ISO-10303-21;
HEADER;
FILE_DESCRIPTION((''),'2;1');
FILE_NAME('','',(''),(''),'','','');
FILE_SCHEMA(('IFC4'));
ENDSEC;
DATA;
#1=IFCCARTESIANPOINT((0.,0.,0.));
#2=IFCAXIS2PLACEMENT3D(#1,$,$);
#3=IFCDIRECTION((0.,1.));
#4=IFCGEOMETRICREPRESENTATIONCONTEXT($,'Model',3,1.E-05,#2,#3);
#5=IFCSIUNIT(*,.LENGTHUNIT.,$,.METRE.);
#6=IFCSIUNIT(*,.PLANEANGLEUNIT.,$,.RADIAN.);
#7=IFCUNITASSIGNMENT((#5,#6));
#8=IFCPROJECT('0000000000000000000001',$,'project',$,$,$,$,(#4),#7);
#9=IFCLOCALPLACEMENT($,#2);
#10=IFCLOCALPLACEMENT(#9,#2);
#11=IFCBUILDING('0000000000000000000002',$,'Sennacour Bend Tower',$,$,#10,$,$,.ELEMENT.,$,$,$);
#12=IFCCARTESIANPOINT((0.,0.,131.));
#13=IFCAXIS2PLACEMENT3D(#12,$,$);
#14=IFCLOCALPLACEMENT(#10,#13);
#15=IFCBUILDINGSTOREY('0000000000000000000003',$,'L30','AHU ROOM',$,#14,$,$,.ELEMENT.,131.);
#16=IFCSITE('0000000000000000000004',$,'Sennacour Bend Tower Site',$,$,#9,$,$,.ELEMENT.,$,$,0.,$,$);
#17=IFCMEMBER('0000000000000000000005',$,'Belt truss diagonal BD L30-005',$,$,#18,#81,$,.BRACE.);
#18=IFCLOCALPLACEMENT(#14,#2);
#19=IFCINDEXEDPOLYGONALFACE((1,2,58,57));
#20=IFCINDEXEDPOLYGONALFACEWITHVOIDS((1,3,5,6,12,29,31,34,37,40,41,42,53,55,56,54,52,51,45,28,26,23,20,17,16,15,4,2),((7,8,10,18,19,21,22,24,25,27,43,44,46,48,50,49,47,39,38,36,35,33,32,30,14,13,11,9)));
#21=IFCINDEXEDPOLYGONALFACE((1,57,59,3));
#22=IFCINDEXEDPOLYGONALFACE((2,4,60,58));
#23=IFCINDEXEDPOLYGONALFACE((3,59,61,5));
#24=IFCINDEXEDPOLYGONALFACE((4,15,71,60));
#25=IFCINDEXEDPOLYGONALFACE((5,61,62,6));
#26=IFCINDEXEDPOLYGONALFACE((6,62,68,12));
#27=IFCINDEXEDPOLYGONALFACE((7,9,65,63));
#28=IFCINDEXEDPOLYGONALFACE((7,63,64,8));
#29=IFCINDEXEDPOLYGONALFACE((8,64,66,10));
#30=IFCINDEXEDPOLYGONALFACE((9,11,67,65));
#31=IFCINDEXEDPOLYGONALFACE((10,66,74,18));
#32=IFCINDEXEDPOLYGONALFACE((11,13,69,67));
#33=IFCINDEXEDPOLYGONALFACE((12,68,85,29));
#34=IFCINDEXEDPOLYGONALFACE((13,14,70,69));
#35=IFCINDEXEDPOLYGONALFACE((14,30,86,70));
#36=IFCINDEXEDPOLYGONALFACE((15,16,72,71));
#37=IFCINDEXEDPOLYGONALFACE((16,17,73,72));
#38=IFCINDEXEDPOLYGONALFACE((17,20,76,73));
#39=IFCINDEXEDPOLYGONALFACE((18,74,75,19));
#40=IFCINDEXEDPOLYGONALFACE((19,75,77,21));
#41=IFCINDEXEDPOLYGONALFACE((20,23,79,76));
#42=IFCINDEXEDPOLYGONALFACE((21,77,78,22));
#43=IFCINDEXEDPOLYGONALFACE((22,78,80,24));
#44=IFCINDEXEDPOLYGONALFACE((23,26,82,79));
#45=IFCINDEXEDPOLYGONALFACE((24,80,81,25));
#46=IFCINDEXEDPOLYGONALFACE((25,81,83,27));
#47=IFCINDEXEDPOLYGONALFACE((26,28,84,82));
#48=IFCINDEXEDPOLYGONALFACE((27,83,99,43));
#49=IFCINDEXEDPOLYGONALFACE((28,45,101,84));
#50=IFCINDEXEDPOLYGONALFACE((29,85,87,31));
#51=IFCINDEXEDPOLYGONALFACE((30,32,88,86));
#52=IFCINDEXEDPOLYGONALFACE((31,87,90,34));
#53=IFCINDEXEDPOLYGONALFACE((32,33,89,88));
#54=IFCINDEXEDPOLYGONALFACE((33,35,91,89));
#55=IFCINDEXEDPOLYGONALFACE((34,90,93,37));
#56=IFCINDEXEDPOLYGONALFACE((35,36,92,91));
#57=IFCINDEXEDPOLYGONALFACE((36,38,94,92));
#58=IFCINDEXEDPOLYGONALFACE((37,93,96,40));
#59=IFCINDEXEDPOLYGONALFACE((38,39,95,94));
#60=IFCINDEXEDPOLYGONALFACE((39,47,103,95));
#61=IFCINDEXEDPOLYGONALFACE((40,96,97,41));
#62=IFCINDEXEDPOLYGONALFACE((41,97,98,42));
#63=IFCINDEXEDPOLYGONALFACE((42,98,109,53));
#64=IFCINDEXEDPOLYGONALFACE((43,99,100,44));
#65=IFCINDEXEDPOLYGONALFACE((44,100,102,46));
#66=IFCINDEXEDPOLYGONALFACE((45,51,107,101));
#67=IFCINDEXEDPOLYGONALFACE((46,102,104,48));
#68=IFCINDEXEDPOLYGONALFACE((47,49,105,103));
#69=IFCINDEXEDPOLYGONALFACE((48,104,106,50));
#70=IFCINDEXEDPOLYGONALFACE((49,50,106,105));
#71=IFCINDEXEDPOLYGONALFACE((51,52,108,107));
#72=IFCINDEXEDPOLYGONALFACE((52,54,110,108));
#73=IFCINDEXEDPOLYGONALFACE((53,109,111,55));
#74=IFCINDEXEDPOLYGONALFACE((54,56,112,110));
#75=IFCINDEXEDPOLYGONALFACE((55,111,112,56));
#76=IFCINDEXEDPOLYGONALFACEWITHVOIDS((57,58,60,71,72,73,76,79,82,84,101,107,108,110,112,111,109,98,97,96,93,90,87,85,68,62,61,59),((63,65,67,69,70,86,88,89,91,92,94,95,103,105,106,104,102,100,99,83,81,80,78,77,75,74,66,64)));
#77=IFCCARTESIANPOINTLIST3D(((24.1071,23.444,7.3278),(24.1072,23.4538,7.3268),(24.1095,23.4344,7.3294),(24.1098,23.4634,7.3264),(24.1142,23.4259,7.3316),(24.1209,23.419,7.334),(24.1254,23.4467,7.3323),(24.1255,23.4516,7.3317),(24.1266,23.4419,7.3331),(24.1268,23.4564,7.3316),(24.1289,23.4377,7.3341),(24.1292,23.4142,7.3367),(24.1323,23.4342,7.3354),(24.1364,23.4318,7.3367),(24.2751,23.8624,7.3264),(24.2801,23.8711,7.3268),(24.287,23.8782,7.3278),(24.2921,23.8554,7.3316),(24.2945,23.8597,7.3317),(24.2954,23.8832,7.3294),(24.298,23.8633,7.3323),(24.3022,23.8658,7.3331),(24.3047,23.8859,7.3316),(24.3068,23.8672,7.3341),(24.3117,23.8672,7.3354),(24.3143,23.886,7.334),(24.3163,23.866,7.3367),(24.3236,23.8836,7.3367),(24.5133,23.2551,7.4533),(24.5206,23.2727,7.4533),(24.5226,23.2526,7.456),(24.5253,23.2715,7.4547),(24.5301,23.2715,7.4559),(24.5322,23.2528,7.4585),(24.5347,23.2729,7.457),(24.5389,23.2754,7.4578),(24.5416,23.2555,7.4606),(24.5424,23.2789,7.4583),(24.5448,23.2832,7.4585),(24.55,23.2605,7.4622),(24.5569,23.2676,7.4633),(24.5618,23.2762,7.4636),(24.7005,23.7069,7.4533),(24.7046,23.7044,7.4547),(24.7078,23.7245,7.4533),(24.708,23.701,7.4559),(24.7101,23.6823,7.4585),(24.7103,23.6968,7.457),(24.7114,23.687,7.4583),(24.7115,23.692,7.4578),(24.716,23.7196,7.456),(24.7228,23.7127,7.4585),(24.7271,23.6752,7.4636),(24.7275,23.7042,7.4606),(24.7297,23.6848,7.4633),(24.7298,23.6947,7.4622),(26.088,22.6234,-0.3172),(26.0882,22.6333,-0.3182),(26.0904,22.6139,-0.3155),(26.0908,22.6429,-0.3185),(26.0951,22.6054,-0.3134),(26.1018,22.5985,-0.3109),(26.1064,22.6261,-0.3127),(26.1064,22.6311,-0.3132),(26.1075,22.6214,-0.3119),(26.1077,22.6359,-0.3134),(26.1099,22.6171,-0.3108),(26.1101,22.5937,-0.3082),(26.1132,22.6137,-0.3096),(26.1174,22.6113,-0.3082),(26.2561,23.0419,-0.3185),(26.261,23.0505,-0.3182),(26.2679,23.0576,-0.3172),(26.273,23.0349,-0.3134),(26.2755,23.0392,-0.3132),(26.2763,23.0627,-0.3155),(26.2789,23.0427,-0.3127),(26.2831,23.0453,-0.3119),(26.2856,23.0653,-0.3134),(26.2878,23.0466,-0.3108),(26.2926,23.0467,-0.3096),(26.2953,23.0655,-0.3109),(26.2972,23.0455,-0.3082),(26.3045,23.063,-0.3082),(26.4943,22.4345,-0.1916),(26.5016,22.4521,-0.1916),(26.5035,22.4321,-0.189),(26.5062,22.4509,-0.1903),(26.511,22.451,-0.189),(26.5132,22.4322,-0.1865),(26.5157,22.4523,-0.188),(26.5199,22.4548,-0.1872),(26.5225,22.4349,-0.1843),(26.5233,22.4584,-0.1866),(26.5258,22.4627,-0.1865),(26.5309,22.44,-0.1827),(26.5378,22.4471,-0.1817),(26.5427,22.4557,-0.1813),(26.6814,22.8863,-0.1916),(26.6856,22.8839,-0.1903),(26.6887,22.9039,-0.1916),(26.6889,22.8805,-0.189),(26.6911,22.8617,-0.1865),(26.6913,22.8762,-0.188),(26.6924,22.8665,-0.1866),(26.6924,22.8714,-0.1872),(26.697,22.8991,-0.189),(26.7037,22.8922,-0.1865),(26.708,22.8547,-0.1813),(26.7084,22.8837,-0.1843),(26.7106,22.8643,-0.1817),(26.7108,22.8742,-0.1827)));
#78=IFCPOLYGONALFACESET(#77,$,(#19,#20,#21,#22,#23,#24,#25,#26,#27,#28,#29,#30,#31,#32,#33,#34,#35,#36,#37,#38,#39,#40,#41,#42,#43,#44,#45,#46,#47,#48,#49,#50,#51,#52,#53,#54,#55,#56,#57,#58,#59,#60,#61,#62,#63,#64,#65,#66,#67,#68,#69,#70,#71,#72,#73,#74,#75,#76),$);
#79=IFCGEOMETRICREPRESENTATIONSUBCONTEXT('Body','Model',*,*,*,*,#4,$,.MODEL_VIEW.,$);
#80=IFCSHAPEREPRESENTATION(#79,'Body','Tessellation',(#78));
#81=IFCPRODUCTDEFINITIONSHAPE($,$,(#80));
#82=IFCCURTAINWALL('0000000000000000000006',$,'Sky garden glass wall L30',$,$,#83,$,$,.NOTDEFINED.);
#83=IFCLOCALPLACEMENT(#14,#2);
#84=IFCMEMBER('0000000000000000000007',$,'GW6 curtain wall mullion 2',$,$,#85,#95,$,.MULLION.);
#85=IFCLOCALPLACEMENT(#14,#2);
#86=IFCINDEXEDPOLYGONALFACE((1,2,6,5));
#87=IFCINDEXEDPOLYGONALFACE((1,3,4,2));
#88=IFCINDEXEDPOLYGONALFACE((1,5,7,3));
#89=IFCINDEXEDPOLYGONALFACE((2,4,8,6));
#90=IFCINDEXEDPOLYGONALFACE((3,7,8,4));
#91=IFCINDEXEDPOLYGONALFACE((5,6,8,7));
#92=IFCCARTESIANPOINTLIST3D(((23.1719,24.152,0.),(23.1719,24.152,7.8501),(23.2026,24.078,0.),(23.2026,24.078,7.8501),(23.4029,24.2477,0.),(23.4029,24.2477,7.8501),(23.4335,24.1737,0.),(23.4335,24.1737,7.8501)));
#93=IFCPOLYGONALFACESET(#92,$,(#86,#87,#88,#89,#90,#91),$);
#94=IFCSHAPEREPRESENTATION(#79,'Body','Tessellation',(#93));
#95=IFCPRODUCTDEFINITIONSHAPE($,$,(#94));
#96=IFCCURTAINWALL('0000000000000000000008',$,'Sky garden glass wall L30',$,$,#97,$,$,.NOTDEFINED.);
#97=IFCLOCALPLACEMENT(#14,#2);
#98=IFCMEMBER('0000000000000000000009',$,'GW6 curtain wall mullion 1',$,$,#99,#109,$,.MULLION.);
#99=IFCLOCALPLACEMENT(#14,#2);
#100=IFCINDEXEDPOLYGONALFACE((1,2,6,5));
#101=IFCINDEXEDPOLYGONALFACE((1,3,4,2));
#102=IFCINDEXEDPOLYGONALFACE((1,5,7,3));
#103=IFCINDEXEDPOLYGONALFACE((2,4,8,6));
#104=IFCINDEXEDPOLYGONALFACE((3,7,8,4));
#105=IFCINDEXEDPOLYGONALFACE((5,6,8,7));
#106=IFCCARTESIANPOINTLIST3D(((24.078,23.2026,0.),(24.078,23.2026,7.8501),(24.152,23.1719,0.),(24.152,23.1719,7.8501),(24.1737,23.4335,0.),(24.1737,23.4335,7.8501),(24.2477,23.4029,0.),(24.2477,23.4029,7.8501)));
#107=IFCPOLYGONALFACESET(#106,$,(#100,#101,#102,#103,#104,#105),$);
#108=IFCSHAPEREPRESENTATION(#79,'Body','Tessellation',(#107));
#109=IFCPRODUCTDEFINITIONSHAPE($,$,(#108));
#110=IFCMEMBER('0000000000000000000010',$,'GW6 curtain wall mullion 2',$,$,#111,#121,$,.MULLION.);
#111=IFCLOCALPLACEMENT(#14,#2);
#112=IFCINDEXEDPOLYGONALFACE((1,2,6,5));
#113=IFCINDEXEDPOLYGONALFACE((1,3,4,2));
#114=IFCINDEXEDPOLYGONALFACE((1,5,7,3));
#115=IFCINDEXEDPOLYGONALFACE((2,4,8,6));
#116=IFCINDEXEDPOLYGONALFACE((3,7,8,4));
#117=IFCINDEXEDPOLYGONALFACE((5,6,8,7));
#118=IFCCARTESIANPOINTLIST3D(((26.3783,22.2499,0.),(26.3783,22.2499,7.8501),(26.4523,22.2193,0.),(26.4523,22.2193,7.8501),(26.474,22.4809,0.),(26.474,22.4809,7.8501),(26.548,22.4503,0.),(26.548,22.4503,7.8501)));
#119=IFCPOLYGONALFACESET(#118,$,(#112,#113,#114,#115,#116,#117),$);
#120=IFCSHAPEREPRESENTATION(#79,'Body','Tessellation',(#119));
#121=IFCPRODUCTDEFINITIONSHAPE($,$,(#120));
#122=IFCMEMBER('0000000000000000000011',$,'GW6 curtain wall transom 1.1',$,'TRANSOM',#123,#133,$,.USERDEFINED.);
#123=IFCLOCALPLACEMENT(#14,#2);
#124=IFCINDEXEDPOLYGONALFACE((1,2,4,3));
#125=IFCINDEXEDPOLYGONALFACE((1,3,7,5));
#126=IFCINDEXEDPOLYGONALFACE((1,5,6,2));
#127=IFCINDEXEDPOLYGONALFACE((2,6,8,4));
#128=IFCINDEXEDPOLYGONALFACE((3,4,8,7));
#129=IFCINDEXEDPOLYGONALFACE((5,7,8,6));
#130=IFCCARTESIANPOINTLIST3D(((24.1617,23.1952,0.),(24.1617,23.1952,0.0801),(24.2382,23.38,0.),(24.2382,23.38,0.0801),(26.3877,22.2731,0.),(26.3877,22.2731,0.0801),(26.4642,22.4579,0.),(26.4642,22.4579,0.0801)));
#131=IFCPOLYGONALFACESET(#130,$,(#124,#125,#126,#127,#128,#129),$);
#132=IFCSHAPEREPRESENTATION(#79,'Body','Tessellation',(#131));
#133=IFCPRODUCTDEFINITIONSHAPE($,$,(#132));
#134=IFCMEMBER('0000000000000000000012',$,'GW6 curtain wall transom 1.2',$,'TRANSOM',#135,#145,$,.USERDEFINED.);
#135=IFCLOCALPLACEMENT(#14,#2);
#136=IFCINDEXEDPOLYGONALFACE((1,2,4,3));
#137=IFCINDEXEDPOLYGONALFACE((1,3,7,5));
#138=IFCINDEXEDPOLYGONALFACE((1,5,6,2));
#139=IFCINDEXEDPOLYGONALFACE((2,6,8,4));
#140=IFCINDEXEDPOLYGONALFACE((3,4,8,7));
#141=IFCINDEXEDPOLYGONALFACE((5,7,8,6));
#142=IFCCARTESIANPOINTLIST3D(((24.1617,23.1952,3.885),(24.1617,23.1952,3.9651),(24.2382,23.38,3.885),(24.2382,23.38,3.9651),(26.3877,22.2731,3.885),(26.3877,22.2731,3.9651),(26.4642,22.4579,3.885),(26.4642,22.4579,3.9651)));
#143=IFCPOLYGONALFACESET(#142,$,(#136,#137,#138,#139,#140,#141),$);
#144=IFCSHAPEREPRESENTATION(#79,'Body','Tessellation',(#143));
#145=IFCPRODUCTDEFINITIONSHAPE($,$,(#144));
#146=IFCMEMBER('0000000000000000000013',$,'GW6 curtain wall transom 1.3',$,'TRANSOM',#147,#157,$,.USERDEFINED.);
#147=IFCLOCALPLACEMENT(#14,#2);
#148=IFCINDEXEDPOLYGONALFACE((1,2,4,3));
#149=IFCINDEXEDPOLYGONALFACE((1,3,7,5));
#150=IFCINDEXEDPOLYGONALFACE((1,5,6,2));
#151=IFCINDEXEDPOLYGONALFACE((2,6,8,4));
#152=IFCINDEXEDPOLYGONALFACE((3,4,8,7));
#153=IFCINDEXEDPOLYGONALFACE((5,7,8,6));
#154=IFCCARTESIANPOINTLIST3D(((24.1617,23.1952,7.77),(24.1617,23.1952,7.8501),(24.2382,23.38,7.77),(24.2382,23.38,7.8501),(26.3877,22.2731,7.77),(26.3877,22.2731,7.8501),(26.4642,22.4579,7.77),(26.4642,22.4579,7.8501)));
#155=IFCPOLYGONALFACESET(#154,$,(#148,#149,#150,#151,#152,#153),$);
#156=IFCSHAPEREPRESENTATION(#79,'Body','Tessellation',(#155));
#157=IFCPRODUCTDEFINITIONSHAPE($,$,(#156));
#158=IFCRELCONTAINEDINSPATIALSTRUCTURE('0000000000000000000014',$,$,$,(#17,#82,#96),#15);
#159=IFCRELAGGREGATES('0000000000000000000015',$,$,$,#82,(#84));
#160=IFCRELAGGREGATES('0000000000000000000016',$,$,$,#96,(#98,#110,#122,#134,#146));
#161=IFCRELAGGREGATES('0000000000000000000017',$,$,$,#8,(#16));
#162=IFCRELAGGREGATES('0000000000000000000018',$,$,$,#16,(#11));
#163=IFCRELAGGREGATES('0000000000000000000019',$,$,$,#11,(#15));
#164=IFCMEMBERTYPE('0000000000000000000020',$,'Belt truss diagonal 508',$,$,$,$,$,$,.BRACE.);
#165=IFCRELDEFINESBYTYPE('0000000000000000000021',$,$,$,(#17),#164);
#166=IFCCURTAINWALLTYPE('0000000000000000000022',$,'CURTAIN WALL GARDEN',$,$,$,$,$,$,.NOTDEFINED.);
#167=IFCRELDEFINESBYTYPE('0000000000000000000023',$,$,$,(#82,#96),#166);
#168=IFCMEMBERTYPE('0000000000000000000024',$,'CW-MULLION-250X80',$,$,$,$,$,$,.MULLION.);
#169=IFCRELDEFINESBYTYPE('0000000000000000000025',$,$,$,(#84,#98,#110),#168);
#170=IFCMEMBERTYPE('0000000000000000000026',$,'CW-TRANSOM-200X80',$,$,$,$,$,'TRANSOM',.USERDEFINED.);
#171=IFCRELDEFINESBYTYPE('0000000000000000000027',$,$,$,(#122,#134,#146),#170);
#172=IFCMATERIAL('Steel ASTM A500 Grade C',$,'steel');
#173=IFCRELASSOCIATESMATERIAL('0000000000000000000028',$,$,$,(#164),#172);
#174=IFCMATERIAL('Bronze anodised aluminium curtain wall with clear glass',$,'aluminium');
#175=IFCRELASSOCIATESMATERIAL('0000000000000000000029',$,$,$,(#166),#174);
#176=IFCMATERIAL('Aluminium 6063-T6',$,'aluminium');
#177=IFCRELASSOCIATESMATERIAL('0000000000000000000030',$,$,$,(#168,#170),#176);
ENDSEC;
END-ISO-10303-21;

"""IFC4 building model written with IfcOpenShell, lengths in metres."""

from ifc_helpers import new_model, si_unit, direction, frame, origin, origin_2d, place, context, subcontext, project, spatial, rectangle, hollow_rectangle, extrude, material, material_profile, profile_set, type_object, element, aggregate, save


model = new_model("IFC4")

# Units and contexts
model_context = context("Model", 3, precision=1e-05, world=origin(), true_north=direction((0.0, 1.0)))
body_context = subcontext(model_context, "Body", "Model", "MODEL_VIEW")
ifc_project = project(units=[si_unit("LENGTHUNIT", "METRE"), si_unit("PLANEANGLEUNIT", "RADIAN")], contexts=[model_context])

# Site, building, storey
site_placement = place(None, origin())
site = spatial("IfcSite", under=ifc_project, at=site_placement, Name="Sennacour Bend Tower Site", CompositionType="ELEMENT", RefElevation=0.0)
building_placement = place(site_placement, origin())
building = spatial("IfcBuilding", under=site, at=building_placement, Name="Sennacour Bend Tower", CompositionType="ELEMENT")
storey_placement = place(building_placement, frame((0.0, 0.0, 131.0)))
storey = spatial("IfcBuildingStorey", under=building, at=storey_placement, Name="L30", Description="AHU ROOM", CompositionType="ELEMENT", Elevation=131.0)

# Member
ifc_material_1 = material(Name="Steel ASTM A500 Grade C", Category="steel")
ifc_material_profile_1 = material_profile(ifc_material_1, hollow_rectangle(XDim=0.5081, YDim=0.5081, WallThickness=0.019, InnerFilletRadius=0.019, OuterFilletRadius=0.0381, at=origin_2d()), Name="Steel ASTM A500 Grade C", Category="steel")
ifc_profile_set_1 = profile_set([ifc_material_profile_1], Name="Steel ASTM A500 Grade C")
member_type_1 = type_object("IfcMemberType", Name="Belt truss diagonal 508", PredefinedType="BRACE", material=ifc_profile_set_1)
for number, where, z_axis, x_axis, name in (
    (1, (24.4185, 23.5693, 7.395), (0.24949, -0.103344, -0.962847), (0.38269, 0.923877, 0.0), "Belt truss diagonal BD L30-005"),
):
    element("IfcMember", number, at=place(storey_placement, frame(where, z_axis=z_axis, x_axis=x_axis)), inside=storey, type_object=member_type_1, Name=name, PredefinedType="BRACE", context=body_context, shape_type="SweptSolid", body=[
        extrude(hollow_rectangle(XDim=0.5081, YDim=0.5081, WallThickness=0.019, InnerFilletRadius=0.019, OuterFilletRadius=0.0381, at=origin_2d()), origin(), (0.0, 0.0, 1.0), 7.9399),
    ])

# Curtain wall, member
ifc_material_2 = material(Name="Bronze anodised aluminium curtain wall with clear glass", Category="aluminium")
curtain_wall_type = type_object("IfcCurtainWallType", Name="CURTAIN WALL GARDEN", PredefinedType="NOTDEFINED", material=ifc_material_2)
curtain_wall_1_placement = place(storey_placement, origin())
curtain_wall_1 = element("IfcCurtainWall", 2, at=curtain_wall_1_placement, inside=storey, type_object=curtain_wall_type, Name="Sky garden glass wall L30", PredefinedType="NOTDEFINED")
ifc_material_3 = material(Name="Aluminium 6063-T6", Category="aluminium")
ifc_material_profile_2 = material_profile(ifc_material_3, rectangle(XDim=0.25, YDim=0.0801, at=origin_2d()), Name="Aluminium 6063-T6", Category="aluminium")
ifc_profile_set_2 = profile_set([ifc_material_profile_2], Name="Aluminium 6063-T6")
member_type_2 = type_object("IfcMemberType", Name="CW-MULLION-250X80", PredefinedType="MULLION", material=ifc_profile_set_2)
member_1_placement = place(storey_placement, frame((23.3027, 24.1628, 0.0), z_axis=(0.0, 0.0, 1.0), x_axis=(0.923885, 0.382669, 0.0)))
member_1 = element("IfcMember", 3, at=member_1_placement, type_object=member_type_2, Name="GW6 curtain wall mullion 2", PredefinedType="MULLION", context=body_context, shape_type="SweptSolid", body=[
    extrude(rectangle(XDim=0.25, YDim=0.0801, at=origin_2d()), origin(), (0.0, 0.0, 1.0), 7.8501),
])

# Curtain wall, members
curtain_wall_2_placement = place(storey_placement, origin())
curtain_wall_2 = element("IfcCurtainWall", 4, at=curtain_wall_2_placement, inside=storey, type_object=curtain_wall_type, Name="Sky garden glass wall L30", PredefinedType="NOTDEFINED")
member_2_placement = place(storey_placement, frame((24.1628, 23.3027, 0.0), z_axis=(0.0, 0.0, 1.0), x_axis=(0.382669, 0.923885, 0.0)))
member_2 = element("IfcMember", 5, at=member_2_placement, type_object=member_type_2, Name="GW6 curtain wall mullion 1", PredefinedType="MULLION", context=body_context, shape_type="SweptSolid", body=[
    extrude(rectangle(XDim=0.25, YDim=0.0801, at=origin_2d()), origin(), (0.0, 0.0, 1.0), 7.8501),
])
member_3_placement = place(storey_placement, frame((26.4631, 22.3501, 0.0), z_axis=(0.0, 0.0, 1.0), x_axis=(0.382669, 0.923885, 0.0)))
member_3 = element("IfcMember", 6, at=member_3_placement, type_object=member_type_2, Name="GW6 curtain wall mullion 2", PredefinedType="MULLION", context=body_context, shape_type="SweptSolid", body=[
    extrude(rectangle(XDim=0.25, YDim=0.0801, at=origin_2d()), origin(), (0.0, 0.0, 1.0), 7.8501),
])
ifc_material_profile_3 = material_profile(ifc_material_3, rectangle(XDim=0.2, YDim=0.0801, at=origin_2d()), Name="Aluminium 6063-T6", Category="aluminium")
ifc_profile_set_3 = profile_set([ifc_material_profile_3], Name="Aluminium 6063-T6")
member_type_3 = type_object("IfcMemberType", Name="CW-TRANSOM-200X80", ElementType="TRANSOM", PredefinedType="USERDEFINED", material=ifc_profile_set_3)
member_4_placement = place(storey_placement, frame((24.2, 23.2876, 0.04), z_axis=(0.923872, -0.382701, 0.0), x_axis=(0.382701, 0.923872, 0.0)))
member_4 = element("IfcMember", 7, at=member_4_placement, type_object=member_type_3, Name="GW6 curtain wall transom 1.1", ObjectType="TRANSOM", PredefinedType="USERDEFINED", context=body_context, shape_type="SweptSolid", body=[
    extrude(rectangle(XDim=0.2, YDim=0.0801, at=origin_2d()), origin(), (0.0, 0.0, 1.0), 2.4094),
])
member_5_placement = place(storey_placement, frame((24.2, 23.2876, 3.925), z_axis=(0.923872, -0.382701, 0.0), x_axis=(0.382701, 0.923872, 0.0)))
member_5 = element("IfcMember", 8, at=member_5_placement, type_object=member_type_3, Name="GW6 curtain wall transom 1.2", ObjectType="TRANSOM", PredefinedType="USERDEFINED", context=body_context, shape_type="SweptSolid", body=[
    extrude(rectangle(XDim=0.2, YDim=0.0801, at=origin_2d()), origin(), (0.0, 0.0, 1.0), 2.4094),
])
member_6_placement = place(storey_placement, frame((24.2, 23.2876, 7.8101), z_axis=(0.923872, -0.382701, 0.0), x_axis=(0.382701, 0.923872, 0.0)))
member_6 = element("IfcMember", 9, at=member_6_placement, type_object=member_type_3, Name="GW6 curtain wall transom 1.3", ObjectType="TRANSOM", PredefinedType="USERDEFINED", context=body_context, shape_type="SweptSolid", body=[
    extrude(rectangle(XDim=0.2, YDim=0.0801, at=origin_2d()), origin(), (0.0, 0.0, 1.0), 2.4094),
])

aggregate(curtain_wall_1, [member_1])
aggregate(curtain_wall_2, [member_2, member_3, member_4, member_5, member_6])

save(model, "model.ifc")
